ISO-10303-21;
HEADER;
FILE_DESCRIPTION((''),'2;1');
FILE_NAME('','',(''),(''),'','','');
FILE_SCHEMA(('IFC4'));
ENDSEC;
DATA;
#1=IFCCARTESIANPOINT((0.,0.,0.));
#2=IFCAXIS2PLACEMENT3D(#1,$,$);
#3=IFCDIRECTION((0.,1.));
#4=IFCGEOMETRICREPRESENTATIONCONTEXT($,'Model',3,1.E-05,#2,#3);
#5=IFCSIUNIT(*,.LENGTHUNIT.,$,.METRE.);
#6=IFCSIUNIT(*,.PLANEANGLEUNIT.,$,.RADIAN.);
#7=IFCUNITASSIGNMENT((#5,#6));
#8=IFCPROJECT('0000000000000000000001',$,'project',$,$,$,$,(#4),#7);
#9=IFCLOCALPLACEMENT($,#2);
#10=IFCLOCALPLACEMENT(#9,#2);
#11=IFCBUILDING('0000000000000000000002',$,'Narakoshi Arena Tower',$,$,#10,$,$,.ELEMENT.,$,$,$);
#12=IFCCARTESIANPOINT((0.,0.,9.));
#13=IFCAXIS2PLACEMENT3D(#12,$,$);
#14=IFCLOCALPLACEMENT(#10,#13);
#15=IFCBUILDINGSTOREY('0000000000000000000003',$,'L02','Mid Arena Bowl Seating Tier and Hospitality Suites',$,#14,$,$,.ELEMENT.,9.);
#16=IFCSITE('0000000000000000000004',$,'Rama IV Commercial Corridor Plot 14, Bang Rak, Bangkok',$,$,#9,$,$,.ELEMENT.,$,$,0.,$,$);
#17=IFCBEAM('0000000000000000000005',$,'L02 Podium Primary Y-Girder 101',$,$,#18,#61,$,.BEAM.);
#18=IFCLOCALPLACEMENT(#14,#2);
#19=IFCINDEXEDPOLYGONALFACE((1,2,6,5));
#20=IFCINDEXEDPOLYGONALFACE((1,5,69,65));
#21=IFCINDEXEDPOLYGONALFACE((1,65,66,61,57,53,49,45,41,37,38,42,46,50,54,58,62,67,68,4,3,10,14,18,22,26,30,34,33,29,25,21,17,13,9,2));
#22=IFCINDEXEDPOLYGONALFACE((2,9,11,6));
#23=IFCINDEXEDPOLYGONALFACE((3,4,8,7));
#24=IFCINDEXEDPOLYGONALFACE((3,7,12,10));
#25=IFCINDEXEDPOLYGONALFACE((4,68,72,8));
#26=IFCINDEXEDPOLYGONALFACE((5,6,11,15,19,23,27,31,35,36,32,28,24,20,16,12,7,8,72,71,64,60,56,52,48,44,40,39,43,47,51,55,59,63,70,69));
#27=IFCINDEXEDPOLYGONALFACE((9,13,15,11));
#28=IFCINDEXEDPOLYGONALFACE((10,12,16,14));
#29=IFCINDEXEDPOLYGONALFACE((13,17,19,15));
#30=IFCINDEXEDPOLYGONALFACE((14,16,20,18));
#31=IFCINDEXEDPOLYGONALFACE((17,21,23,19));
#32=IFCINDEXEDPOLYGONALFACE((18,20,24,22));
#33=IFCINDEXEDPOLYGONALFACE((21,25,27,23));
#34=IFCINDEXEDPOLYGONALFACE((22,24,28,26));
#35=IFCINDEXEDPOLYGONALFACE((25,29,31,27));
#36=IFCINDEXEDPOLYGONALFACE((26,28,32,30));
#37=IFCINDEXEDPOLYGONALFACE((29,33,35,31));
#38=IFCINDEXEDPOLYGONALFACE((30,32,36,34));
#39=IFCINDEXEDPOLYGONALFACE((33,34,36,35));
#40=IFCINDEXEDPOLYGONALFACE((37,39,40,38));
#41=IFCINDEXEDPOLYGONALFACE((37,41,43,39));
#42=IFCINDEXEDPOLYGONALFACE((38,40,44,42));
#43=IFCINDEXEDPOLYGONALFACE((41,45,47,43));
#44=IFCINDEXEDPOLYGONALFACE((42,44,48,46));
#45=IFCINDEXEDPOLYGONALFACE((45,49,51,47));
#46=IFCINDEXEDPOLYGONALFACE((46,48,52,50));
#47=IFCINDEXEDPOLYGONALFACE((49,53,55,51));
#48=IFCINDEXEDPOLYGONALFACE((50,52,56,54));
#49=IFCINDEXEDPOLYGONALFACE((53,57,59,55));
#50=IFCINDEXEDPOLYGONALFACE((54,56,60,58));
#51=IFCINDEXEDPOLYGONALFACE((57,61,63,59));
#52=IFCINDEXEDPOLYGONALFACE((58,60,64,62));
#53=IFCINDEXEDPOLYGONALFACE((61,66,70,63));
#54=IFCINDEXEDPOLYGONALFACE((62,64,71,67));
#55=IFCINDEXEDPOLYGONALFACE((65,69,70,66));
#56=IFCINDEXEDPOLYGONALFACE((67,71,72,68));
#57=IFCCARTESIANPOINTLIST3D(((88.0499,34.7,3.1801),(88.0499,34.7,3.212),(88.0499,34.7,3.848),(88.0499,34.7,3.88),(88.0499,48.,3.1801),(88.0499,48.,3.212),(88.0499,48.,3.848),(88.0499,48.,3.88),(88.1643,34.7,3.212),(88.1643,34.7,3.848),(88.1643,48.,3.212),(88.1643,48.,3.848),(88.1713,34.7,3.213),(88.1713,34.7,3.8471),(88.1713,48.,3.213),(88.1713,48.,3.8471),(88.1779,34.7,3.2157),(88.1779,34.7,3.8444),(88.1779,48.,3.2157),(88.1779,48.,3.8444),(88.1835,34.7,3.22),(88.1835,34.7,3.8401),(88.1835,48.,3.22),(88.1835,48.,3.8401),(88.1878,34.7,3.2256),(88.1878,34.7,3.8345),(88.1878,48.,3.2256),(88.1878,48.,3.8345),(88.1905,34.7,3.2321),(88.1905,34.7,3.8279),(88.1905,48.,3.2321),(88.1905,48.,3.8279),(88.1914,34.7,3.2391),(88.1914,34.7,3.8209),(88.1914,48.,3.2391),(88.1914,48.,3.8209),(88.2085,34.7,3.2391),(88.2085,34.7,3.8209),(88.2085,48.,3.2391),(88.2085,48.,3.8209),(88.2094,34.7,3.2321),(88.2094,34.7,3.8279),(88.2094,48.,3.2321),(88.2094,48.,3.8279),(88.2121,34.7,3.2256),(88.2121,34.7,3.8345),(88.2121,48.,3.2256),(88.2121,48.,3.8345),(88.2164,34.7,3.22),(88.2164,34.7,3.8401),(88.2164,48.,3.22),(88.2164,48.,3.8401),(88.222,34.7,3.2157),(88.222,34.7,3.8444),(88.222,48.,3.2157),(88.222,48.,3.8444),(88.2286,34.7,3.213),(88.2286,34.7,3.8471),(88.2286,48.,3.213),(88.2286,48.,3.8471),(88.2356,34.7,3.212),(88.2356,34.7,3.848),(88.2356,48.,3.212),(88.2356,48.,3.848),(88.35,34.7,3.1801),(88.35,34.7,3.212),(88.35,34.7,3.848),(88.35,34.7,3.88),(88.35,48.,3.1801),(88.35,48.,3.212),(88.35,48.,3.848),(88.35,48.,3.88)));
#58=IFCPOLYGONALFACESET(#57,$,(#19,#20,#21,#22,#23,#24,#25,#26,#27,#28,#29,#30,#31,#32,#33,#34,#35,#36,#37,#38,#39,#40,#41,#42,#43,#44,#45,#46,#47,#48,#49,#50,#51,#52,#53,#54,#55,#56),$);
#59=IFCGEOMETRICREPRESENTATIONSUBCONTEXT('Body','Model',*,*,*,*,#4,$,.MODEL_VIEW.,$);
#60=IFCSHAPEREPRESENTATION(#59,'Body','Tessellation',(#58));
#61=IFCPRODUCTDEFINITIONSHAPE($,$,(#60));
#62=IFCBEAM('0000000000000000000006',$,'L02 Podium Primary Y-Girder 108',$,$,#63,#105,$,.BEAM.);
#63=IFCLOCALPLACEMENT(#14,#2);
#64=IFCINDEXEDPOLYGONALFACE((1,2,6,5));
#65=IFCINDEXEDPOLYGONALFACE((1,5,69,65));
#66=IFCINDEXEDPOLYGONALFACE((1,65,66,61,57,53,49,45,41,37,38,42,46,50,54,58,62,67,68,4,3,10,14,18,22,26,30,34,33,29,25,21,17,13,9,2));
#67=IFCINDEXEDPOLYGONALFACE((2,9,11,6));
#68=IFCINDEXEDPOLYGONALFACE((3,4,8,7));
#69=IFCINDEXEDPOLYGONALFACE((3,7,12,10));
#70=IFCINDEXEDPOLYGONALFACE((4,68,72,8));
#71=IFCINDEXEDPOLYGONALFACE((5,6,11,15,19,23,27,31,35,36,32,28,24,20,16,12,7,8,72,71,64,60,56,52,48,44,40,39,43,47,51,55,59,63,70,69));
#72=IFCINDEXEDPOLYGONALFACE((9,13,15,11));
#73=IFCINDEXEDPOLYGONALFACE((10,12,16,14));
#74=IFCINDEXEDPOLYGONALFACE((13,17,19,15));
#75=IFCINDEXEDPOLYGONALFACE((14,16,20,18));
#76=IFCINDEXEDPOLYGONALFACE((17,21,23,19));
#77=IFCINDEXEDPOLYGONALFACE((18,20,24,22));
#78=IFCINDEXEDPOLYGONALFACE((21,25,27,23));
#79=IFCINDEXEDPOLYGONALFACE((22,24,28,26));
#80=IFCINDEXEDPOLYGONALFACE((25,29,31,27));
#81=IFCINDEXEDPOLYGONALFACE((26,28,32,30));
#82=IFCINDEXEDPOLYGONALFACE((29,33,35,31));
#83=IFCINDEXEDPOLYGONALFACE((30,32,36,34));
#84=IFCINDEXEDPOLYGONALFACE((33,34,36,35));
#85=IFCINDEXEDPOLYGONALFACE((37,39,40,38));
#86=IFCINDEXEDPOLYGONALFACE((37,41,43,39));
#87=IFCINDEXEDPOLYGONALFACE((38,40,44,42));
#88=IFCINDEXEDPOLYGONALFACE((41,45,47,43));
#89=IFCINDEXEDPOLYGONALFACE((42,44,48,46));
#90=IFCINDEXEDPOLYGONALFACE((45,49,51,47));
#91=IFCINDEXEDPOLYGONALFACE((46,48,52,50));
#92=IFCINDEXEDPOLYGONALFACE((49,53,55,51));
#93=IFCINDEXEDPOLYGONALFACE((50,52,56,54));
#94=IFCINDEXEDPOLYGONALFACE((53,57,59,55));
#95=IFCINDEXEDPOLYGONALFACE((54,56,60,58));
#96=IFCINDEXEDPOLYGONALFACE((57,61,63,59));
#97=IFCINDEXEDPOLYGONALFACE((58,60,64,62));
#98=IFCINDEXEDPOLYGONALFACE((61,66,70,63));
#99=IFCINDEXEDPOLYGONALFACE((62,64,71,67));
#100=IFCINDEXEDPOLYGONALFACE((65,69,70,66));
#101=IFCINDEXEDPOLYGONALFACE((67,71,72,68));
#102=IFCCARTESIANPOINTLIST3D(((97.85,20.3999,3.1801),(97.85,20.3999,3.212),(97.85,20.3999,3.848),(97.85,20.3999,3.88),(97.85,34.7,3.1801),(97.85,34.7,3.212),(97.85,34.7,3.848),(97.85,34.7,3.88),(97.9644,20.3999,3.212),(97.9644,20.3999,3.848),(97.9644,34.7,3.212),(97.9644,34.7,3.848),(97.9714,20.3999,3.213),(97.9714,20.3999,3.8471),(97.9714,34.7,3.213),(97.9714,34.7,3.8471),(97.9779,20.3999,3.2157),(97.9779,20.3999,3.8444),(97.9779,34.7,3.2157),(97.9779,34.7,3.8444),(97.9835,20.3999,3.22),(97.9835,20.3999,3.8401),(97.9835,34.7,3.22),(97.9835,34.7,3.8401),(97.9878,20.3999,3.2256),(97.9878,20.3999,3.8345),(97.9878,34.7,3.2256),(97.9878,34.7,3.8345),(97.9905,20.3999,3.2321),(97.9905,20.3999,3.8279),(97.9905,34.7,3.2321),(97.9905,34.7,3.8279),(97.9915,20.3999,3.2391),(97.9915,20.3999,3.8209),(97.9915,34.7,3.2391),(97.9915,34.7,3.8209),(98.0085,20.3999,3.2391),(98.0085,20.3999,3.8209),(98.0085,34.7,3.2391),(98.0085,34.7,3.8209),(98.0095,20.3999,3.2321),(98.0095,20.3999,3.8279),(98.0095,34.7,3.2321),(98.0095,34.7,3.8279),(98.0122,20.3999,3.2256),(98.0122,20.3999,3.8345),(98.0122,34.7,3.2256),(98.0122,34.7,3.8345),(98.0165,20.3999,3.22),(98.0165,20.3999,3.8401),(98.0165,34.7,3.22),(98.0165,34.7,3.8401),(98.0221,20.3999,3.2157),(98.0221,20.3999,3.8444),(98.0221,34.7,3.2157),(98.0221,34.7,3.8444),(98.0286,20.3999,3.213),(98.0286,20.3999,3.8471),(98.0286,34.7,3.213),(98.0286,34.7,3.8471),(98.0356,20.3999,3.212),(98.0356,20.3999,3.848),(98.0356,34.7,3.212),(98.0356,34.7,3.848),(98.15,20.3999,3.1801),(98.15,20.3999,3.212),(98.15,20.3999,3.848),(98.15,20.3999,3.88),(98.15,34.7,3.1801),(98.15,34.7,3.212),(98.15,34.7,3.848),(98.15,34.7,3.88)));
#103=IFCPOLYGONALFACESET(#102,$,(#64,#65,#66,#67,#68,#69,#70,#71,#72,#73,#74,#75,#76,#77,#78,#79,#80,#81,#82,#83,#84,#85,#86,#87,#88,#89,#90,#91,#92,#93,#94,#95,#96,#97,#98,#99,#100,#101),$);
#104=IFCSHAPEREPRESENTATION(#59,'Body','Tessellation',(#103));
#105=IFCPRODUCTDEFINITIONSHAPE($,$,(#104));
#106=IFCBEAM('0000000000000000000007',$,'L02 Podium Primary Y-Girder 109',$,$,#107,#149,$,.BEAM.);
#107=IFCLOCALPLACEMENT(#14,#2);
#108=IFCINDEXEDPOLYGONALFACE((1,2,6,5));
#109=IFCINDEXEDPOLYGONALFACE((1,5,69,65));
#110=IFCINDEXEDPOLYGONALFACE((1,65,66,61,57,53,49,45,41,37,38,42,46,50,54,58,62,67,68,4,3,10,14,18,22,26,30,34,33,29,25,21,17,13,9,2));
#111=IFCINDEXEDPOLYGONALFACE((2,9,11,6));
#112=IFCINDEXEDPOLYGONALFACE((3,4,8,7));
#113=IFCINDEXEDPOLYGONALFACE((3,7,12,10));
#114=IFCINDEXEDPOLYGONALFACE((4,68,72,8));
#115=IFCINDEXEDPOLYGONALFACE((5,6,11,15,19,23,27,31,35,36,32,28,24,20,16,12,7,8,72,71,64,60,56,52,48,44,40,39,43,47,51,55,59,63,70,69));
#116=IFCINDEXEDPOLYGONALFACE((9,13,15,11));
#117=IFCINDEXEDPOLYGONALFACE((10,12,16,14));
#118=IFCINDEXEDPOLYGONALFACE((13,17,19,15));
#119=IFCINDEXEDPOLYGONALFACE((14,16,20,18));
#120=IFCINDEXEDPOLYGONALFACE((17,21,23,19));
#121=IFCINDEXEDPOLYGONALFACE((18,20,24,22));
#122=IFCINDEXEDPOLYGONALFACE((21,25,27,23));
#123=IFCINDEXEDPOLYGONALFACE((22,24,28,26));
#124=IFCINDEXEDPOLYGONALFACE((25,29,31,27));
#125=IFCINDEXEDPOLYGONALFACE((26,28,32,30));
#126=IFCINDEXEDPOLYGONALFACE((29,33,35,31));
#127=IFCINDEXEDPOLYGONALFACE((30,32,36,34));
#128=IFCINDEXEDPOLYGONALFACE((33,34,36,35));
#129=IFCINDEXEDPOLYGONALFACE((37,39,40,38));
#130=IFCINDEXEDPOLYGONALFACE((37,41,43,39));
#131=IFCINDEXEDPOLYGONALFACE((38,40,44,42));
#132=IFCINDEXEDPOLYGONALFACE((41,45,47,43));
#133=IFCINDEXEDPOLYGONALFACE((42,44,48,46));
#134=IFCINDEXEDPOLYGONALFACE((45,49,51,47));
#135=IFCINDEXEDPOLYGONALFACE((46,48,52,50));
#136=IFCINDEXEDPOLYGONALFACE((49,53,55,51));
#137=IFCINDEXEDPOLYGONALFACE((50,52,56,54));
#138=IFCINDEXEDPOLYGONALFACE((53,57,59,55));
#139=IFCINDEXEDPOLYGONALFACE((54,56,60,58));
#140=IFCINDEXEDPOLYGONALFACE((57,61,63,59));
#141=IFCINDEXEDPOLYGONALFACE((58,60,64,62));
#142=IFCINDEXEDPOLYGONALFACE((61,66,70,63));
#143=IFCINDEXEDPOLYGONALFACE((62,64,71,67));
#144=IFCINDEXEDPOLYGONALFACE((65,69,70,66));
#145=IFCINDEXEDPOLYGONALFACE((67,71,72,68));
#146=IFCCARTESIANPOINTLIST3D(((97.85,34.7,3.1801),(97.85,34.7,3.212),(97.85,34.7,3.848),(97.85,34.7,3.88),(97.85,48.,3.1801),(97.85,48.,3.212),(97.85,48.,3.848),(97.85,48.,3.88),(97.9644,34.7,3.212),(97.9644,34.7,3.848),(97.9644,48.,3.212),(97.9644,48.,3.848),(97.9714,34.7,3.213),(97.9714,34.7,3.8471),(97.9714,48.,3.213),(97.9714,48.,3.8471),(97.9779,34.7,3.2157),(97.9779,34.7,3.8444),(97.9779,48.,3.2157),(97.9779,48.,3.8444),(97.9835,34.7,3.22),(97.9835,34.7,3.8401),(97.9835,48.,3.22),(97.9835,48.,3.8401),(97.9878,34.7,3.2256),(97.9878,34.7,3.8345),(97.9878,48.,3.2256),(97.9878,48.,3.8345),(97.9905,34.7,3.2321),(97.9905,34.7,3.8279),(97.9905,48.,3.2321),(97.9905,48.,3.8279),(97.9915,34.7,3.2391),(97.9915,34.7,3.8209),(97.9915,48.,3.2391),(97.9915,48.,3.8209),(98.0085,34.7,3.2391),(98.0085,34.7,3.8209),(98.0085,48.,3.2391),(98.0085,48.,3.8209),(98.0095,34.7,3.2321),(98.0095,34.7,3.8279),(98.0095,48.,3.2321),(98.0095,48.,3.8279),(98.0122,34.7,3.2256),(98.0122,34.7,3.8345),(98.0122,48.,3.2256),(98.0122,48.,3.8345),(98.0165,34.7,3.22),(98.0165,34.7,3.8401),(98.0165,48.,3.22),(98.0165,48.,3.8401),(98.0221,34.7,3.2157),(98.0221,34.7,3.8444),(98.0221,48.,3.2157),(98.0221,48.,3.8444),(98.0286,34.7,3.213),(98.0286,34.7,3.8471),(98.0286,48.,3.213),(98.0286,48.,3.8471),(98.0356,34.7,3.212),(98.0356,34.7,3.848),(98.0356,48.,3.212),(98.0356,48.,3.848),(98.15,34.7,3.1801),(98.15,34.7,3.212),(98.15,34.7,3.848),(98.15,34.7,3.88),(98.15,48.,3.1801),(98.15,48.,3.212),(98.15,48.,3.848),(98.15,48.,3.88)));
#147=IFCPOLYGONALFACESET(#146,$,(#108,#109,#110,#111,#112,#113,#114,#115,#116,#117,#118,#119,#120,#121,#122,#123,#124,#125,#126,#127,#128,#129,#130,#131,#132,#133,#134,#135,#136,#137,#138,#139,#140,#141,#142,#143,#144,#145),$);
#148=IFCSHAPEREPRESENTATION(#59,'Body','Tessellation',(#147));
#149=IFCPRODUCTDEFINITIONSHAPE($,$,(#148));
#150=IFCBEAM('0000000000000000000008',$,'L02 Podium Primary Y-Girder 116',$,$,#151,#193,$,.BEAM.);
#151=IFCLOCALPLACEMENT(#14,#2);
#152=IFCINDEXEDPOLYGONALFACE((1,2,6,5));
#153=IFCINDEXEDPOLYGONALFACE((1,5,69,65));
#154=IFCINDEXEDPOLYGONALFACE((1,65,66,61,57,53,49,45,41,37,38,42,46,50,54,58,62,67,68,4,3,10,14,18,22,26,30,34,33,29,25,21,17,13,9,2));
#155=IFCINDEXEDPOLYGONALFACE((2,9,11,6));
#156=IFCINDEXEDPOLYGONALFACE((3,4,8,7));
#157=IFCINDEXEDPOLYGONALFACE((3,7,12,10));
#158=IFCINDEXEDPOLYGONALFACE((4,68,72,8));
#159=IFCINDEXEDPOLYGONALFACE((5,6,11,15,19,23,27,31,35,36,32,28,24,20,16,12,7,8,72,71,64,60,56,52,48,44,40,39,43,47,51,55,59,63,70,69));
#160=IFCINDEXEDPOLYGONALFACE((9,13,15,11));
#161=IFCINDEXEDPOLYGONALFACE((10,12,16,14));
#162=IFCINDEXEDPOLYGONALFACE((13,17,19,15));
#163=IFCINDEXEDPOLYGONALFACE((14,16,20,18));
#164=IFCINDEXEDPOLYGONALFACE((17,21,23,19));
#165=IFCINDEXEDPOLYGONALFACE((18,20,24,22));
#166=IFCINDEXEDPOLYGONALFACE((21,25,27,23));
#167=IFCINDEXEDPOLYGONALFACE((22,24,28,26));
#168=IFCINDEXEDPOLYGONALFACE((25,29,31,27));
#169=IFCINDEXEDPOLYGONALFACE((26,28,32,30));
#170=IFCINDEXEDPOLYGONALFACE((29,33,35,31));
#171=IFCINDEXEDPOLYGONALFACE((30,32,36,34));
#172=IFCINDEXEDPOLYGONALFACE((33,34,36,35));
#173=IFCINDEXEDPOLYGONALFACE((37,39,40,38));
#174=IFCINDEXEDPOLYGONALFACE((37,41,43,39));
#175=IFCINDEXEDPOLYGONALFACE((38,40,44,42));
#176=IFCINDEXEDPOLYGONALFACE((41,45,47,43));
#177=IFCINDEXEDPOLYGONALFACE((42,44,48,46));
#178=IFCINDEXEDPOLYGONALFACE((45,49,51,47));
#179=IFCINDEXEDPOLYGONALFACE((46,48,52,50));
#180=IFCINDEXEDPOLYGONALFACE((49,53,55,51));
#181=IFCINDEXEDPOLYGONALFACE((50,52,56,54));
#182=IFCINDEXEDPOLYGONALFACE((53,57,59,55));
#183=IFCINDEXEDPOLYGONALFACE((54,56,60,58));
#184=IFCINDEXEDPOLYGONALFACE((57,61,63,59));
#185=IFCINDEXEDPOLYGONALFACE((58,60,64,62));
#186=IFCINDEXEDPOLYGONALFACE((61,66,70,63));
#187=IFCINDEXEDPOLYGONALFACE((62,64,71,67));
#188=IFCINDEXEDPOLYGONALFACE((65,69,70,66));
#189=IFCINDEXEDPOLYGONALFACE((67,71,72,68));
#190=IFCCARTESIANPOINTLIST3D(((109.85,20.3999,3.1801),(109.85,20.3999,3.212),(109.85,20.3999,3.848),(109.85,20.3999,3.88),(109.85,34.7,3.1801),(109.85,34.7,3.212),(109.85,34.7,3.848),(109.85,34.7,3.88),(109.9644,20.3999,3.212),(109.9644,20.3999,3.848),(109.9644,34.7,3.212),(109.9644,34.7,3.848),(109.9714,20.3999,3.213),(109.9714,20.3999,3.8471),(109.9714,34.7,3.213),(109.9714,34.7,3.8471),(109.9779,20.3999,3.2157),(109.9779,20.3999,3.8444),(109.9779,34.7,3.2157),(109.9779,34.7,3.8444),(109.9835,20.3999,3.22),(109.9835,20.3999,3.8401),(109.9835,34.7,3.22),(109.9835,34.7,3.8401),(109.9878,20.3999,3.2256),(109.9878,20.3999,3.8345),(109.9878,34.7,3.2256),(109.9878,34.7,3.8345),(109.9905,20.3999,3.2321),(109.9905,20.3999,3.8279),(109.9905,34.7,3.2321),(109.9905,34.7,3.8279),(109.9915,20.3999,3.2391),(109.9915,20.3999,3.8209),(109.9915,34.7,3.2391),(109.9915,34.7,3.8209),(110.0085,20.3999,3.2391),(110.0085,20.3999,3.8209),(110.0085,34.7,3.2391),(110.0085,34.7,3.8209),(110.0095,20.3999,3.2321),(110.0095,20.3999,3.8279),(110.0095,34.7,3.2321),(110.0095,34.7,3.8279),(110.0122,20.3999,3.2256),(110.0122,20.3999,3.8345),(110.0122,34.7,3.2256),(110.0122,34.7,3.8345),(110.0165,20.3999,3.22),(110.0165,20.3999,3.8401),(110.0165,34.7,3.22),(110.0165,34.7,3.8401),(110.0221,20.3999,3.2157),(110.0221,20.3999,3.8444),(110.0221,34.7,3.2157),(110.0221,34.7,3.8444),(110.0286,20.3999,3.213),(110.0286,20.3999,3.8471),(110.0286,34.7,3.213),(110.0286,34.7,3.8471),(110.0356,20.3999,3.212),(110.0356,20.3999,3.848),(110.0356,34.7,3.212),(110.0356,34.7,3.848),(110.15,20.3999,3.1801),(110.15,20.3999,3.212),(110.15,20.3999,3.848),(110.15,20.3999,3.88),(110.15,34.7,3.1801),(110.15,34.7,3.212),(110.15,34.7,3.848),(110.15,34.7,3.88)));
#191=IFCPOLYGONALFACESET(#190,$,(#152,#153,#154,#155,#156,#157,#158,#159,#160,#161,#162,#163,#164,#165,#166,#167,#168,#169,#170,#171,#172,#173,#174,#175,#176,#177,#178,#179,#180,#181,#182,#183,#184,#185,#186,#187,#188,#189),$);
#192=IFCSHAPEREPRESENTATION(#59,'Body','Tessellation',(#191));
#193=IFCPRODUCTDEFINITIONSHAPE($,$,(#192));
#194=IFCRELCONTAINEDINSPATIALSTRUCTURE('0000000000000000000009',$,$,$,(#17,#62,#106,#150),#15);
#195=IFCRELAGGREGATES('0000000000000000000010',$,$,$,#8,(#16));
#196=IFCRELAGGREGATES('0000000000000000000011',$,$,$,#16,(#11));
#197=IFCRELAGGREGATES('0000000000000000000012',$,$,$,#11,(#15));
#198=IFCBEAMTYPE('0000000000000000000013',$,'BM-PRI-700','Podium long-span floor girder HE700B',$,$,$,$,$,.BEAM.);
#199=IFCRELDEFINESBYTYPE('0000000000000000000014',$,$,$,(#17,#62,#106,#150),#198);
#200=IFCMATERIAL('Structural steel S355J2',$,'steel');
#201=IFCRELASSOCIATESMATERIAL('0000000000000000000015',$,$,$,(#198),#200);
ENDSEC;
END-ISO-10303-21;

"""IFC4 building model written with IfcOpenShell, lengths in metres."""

from ifc_helpers import new_model, si_unit, direction, frame, origin, origin_2d, place, context, subcontext, project, spatial, i_section, extrude, material, material_profile, profile_set, type_object, element, save


model = new_model("IFC4")

# Units and contexts
model_context = context("Model", 3, precision=1e-05, world=origin(), true_north=direction((0.0, 1.0)))
body_context = subcontext(model_context, "Body", "Model", "MODEL_VIEW")
ifc_project = project(units=[si_unit("LENGTHUNIT", "METRE"), si_unit("PLANEANGLEUNIT", "RADIAN")], contexts=[model_context])

# Site, building, storey
site_placement = place(None, origin())
site = spatial("IfcSite", under=ifc_project, at=site_placement, Name="Rama IV Commercial Corridor Plot 14, Bang Rak, Bangkok", CompositionType="ELEMENT", RefElevation=0.0)
building_placement = place(site_placement, origin())
building = spatial("IfcBuilding", under=site, at=building_placement, Name="Narakoshi Arena Tower", CompositionType="ELEMENT")
storey_placement = place(building_placement, frame((0.0, 0.0, 9.0)))
storey = spatial("IfcBuildingStorey", under=building, at=storey_placement, Name="L02", Description="Mid Arena Bowl Seating Tier and Hospitality Suites", CompositionType="ELEMENT", Elevation=9.0)

# Beams
ifc_material_1 = material(Name="Structural steel S355J2", Category="steel")
ifc_material_profile_1 = material_profile(ifc_material_1, i_section(OverallWidth=0.3, OverallDepth=0.7, WebThickness=0.0171, FlangeThickness=0.032, FilletRadius=0.0271, at=origin_2d()), Name="HE700B")
ifc_profile_set_1 = profile_set([ifc_material_profile_1], Name="Structural steel S355J2")
beam_type_1 = type_object("IfcBeamType", Name="BM-PRI-700", Description="Podium long-span floor girder HE700B", PredefinedType="BEAM", material=ifc_profile_set_1)
beam_1_placement = place(storey_placement, frame((88.2, 34.7, 3.53), z_axis=(0.0, 1.0, 0.0), x_axis=(-1.0, 0.0, 0.0)))
element("IfcBeam", 1, at=beam_1_placement, inside=storey, type_object=beam_type_1, Name="L02 Podium Primary Y-Girder 101", PredefinedType="BEAM", context=body_context, shape_type="SweptSolid", body=[
    extrude(i_section(OverallWidth=0.3, OverallDepth=0.7, WebThickness=0.0171, FlangeThickness=0.032, FilletRadius=0.0271, at=origin_2d()), origin(), (0.0, 0.0, 1.0), 13.3),
])
beam_2_placement = place(storey_placement, frame((98.0, 20.3999, 3.53), z_axis=(0.0, 1.0, 0.0), x_axis=(-1.0, 0.0, 0.0)))
element("IfcBeam", 2, at=beam_2_placement, inside=storey, type_object=beam_type_1, Name="L02 Podium Primary Y-Girder 108", PredefinedType="BEAM", context=body_context, shape_type="SweptSolid", body=[
    extrude(i_section(OverallWidth=0.3, OverallDepth=0.7, WebThickness=0.0171, FlangeThickness=0.032, FilletRadius=0.0271, at=origin_2d()), origin(), (0.0, 0.0, 1.0), 14.3),
])
beam_3_placement = place(storey_placement, frame((98.0, 34.7, 3.53), z_axis=(0.0, 1.0, 0.0), x_axis=(-1.0, 0.0, 0.0)))
element("IfcBeam", 3, at=beam_3_placement, inside=storey, type_object=beam_type_1, Name="L02 Podium Primary Y-Girder 109", PredefinedType="BEAM", context=body_context, shape_type="SweptSolid", body=[
    extrude(i_section(OverallWidth=0.3, OverallDepth=0.7, WebThickness=0.0171, FlangeThickness=0.032, FilletRadius=0.0271, at=origin_2d()), origin(), (0.0, 0.0, 1.0), 13.3),
])
beam_4_placement = place(storey_placement, frame((110.0, 20.3999, 3.53), z_axis=(0.0, 1.0, 0.0), x_axis=(-1.0, 0.0, 0.0)))
element("IfcBeam", 4, at=beam_4_placement, inside=storey, type_object=beam_type_1, Name="L02 Podium Primary Y-Girder 116", PredefinedType="BEAM", context=body_context, shape_type="SweptSolid", body=[
    extrude(i_section(OverallWidth=0.3, OverallDepth=0.7, WebThickness=0.0171, FlangeThickness=0.032, FilletRadius=0.0271, at=origin_2d()), origin(), (0.0, 0.0, 1.0), 14.3),
])

save(model, "model.ifc")
